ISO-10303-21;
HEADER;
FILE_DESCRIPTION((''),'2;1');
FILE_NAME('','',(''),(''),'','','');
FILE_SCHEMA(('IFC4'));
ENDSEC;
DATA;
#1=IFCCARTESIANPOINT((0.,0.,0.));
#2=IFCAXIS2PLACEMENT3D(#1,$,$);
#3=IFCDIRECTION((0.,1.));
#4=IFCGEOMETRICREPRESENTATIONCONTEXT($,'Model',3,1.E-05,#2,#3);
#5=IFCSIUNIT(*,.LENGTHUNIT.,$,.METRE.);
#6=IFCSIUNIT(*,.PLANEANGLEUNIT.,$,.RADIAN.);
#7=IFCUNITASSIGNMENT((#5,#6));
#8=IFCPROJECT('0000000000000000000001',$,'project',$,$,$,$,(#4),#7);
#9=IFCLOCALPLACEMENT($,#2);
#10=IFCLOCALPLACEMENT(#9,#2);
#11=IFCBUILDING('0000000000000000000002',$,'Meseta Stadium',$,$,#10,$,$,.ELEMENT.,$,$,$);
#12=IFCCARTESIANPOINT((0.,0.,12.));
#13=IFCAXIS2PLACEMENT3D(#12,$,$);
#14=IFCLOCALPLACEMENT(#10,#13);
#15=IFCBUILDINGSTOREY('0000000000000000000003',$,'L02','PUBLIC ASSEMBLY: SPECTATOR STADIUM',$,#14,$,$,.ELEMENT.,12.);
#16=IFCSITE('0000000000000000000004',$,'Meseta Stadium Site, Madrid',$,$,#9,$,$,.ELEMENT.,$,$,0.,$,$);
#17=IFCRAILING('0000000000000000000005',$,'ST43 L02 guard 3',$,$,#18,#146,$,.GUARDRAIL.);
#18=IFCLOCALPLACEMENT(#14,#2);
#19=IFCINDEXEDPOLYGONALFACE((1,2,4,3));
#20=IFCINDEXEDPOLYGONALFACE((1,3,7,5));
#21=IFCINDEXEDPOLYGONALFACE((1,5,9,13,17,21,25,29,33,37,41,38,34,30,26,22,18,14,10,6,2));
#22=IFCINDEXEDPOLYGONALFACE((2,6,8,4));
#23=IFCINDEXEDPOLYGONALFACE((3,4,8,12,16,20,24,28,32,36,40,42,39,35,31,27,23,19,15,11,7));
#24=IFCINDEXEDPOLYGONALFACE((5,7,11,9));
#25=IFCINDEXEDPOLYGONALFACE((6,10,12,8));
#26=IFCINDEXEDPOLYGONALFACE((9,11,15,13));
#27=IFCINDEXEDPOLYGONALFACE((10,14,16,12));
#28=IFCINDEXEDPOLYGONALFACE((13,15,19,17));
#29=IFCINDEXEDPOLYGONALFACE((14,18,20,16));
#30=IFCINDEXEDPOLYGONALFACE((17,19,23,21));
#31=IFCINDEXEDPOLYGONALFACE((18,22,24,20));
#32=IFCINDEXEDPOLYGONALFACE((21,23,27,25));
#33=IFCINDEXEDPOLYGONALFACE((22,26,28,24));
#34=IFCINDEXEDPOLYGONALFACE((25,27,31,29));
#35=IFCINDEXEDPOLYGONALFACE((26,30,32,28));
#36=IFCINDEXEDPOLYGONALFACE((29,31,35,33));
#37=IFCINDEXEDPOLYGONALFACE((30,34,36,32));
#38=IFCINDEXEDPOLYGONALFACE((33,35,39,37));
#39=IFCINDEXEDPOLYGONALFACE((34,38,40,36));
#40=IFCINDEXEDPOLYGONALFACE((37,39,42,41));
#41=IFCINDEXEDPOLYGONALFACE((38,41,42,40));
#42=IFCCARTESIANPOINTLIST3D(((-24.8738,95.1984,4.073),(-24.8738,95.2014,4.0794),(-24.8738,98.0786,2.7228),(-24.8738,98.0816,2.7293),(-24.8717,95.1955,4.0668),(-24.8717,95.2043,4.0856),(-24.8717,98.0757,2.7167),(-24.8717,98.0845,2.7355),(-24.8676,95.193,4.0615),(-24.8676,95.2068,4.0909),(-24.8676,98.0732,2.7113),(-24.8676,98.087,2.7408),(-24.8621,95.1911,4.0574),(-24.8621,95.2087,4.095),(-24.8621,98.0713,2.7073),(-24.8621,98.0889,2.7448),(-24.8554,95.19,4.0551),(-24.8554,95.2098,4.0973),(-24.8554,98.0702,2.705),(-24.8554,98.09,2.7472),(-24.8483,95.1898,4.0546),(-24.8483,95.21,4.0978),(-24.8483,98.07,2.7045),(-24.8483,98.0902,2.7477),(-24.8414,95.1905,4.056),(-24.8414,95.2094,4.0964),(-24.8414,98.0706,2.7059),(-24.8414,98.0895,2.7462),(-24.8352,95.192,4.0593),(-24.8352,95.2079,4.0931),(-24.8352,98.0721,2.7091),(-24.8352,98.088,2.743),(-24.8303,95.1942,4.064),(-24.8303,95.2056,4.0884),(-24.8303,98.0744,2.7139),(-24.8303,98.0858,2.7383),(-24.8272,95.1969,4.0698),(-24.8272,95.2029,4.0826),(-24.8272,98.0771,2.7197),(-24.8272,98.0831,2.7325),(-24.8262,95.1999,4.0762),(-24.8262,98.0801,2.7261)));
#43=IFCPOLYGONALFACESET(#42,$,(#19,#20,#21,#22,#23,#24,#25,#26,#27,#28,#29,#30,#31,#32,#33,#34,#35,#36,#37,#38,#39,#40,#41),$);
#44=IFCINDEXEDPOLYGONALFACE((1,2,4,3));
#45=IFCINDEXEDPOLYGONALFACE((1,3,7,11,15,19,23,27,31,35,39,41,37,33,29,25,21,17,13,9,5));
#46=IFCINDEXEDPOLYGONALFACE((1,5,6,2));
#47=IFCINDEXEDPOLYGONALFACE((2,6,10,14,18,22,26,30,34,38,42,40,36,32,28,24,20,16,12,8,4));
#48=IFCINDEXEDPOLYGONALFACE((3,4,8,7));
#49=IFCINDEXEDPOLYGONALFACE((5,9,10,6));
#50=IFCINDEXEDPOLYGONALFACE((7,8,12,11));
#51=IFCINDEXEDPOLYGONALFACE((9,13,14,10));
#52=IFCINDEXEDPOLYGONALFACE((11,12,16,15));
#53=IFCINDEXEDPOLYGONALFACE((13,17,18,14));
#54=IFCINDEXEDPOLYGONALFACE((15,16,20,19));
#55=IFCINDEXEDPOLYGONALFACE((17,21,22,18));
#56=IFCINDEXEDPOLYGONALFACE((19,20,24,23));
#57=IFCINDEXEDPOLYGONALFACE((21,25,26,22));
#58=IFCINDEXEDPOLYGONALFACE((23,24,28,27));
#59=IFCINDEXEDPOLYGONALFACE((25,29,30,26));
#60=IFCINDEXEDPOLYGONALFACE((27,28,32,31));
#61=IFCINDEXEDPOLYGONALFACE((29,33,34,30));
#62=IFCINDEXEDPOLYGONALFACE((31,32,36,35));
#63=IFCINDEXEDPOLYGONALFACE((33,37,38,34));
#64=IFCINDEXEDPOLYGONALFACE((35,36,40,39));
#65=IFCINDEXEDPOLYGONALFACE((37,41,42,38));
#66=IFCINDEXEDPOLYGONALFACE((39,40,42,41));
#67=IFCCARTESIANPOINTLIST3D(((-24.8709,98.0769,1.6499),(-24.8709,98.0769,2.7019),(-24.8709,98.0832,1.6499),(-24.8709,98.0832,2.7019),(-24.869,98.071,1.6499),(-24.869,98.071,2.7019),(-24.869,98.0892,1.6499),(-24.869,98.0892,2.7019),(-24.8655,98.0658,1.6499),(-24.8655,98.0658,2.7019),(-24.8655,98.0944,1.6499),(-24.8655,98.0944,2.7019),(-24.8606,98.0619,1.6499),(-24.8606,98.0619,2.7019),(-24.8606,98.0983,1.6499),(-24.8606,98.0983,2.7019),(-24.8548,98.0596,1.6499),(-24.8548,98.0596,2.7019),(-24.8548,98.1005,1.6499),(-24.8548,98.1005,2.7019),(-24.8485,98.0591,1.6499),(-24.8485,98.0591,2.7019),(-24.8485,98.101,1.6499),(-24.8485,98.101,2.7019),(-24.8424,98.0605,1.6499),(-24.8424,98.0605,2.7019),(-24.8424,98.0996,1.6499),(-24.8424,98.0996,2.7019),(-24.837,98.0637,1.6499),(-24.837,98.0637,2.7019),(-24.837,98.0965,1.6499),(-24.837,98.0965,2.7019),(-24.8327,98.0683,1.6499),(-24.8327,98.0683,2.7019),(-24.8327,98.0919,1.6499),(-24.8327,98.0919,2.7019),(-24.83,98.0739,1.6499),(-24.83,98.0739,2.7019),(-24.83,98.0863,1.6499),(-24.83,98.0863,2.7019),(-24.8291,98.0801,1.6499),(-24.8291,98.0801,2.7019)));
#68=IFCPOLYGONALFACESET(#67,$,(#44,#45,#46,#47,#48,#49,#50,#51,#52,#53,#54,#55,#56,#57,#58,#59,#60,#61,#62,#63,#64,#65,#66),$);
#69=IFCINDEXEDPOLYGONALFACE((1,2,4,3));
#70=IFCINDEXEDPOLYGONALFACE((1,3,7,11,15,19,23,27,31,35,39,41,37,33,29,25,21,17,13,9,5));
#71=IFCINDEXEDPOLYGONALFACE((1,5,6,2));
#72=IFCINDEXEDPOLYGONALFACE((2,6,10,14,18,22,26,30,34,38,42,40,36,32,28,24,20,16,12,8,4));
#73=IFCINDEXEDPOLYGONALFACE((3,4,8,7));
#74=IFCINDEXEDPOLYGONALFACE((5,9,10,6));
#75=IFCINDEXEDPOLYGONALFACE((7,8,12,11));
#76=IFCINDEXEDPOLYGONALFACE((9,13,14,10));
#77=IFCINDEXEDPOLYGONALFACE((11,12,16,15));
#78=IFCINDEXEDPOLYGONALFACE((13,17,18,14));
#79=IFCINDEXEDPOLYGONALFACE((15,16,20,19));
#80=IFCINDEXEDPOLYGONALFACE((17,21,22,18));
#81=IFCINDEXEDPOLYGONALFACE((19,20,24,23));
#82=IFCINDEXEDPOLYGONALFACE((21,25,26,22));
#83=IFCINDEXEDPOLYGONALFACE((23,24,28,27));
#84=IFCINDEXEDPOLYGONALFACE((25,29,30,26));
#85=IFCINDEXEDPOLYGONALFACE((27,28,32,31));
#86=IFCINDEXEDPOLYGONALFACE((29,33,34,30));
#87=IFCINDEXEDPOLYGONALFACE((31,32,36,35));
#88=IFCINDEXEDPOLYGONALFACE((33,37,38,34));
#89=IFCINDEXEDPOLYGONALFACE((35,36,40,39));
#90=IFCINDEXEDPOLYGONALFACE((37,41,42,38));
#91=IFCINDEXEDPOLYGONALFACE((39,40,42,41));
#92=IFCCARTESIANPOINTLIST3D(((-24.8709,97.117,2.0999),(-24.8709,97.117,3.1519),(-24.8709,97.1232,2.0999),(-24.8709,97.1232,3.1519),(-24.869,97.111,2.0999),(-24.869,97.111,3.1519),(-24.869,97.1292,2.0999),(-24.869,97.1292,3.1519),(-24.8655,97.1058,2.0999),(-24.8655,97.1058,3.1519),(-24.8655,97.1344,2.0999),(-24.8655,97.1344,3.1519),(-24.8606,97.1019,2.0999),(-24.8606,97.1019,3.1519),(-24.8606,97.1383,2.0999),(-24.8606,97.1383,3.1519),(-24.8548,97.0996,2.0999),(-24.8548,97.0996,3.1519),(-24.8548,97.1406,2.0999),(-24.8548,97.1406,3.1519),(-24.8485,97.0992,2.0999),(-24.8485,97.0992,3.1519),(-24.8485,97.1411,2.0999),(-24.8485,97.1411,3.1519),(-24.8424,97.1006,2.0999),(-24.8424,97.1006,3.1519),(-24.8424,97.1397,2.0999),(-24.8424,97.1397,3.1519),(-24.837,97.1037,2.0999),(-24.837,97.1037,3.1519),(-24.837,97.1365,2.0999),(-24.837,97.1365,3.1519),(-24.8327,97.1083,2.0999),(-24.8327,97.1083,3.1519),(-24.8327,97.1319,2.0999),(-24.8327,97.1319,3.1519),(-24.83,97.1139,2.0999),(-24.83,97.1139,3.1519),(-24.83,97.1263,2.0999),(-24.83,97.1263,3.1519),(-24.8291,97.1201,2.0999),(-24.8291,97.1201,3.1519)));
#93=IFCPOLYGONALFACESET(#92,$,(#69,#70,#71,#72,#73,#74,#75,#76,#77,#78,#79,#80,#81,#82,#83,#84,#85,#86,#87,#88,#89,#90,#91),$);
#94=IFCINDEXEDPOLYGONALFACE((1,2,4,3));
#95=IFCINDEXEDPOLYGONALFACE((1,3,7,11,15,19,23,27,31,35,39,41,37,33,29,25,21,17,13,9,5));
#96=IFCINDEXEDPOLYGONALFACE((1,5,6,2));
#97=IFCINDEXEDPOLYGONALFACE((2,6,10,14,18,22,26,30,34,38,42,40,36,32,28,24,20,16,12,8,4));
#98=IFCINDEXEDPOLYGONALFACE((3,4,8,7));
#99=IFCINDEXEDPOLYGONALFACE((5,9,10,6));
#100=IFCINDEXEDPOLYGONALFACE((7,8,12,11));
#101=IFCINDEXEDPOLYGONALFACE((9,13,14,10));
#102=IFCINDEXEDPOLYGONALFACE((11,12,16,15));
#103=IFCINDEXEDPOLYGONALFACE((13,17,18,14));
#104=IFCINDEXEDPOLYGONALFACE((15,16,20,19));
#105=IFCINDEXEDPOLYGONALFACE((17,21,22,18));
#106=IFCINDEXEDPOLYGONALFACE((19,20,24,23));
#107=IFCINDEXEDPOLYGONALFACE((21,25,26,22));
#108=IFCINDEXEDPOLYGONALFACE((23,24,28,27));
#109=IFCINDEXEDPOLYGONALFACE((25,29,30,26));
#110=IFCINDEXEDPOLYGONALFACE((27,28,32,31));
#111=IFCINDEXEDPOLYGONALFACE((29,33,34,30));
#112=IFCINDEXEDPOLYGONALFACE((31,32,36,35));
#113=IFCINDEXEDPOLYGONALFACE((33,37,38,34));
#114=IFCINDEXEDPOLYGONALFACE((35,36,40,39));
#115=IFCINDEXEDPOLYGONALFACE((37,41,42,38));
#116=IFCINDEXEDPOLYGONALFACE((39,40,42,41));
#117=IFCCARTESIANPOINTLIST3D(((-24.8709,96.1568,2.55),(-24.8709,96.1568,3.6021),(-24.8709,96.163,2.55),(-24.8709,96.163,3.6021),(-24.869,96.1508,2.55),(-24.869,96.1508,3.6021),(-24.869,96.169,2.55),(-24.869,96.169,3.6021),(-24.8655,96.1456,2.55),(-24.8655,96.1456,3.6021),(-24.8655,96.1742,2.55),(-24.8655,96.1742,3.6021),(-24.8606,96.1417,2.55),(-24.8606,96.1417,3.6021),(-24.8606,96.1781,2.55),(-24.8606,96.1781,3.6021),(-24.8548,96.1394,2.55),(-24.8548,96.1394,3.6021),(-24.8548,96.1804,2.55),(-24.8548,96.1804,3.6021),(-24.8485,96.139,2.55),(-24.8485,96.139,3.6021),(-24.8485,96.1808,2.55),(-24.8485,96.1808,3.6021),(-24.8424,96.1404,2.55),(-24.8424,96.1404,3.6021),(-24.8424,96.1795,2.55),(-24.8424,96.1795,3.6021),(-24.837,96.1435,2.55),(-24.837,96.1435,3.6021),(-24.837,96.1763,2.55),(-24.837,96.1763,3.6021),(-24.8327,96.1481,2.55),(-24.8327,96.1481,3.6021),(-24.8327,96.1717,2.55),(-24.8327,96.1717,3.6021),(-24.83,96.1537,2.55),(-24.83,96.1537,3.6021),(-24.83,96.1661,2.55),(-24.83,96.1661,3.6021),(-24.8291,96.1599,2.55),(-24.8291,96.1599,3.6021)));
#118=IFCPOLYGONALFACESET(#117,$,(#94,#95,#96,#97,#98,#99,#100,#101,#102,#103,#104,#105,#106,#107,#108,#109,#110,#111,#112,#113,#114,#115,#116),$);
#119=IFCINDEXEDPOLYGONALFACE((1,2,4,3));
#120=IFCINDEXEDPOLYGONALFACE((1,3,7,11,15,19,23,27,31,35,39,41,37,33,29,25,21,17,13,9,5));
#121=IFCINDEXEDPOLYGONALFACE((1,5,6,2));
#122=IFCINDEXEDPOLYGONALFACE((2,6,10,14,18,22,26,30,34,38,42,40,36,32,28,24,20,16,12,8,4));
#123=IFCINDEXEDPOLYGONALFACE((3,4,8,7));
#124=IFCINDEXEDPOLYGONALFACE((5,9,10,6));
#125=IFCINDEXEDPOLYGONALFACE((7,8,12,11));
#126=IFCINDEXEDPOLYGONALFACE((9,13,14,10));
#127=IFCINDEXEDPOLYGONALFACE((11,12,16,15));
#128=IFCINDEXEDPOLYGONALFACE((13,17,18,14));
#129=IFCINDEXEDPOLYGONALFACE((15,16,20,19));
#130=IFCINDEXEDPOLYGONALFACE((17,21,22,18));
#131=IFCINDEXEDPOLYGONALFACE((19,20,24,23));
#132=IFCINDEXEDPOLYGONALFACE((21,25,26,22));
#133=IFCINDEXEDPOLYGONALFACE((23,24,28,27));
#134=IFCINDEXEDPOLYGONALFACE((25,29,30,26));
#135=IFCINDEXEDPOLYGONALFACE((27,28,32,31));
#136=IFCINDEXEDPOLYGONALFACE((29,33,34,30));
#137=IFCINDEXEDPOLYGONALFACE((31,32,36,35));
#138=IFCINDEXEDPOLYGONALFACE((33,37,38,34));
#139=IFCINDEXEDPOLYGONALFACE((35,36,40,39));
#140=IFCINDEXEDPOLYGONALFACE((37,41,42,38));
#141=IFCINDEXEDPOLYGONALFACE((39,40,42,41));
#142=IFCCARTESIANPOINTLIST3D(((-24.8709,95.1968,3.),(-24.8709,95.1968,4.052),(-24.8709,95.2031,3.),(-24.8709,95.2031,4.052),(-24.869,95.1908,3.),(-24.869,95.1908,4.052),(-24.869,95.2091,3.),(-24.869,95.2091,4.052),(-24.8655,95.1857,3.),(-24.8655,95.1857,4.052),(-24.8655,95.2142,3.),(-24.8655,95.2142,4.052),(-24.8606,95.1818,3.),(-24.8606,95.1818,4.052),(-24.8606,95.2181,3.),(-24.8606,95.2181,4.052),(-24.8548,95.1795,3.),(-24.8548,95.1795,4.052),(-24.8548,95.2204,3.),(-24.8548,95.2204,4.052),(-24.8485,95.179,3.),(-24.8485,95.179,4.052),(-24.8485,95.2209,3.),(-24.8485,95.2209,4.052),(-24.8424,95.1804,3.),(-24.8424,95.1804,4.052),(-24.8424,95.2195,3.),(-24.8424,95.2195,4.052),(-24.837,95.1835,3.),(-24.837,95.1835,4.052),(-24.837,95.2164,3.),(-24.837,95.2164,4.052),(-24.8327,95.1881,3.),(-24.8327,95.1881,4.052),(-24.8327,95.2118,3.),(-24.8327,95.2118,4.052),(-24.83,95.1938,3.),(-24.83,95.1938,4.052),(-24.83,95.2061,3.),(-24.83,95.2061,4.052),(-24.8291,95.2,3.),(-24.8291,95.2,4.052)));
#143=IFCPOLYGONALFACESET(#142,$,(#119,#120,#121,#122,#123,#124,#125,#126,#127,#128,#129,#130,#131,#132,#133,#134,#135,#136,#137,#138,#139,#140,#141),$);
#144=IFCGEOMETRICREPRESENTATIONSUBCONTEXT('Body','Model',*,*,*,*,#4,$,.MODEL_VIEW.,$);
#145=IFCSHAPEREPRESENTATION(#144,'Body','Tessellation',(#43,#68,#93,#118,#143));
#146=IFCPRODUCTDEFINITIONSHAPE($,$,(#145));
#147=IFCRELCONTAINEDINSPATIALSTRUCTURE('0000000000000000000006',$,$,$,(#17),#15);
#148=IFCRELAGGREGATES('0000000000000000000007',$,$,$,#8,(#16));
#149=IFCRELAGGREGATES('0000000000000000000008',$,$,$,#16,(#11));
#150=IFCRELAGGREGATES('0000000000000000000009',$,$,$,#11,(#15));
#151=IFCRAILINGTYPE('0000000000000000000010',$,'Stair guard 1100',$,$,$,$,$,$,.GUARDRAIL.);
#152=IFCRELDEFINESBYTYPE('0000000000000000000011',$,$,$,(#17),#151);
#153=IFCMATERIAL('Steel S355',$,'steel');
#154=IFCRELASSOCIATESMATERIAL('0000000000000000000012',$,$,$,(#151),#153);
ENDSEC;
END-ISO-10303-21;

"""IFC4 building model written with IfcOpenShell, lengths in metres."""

from ifc_helpers import new_model, si_unit, direction, frame, origin, origin_2d, place, context, subcontext, project, spatial, circle, extrude, material, type_object, element, save


model = new_model("IFC4")

# Units and contexts
model_context = context("Model", 3, precision=1e-05, world=origin(), true_north=direction((0.0, 1.0)))
body_context = subcontext(model_context, "Body", "Model", "MODEL_VIEW")
ifc_project = project(units=[si_unit("LENGTHUNIT", "METRE"), si_unit("PLANEANGLEUNIT", "RADIAN")], contexts=[model_context])

# Site, building, storey
site_placement = place(None, origin())
site = spatial("IfcSite", under=ifc_project, at=site_placement, Name="Meseta Stadium Site, Madrid", CompositionType="ELEMENT", RefElevation=0.0)
building_placement = place(site_placement, origin())
building = spatial("IfcBuilding", under=site, at=building_placement, Name="Meseta Stadium", CompositionType="ELEMENT")
storey_placement = place(building_placement, frame((0.0, 0.0, 12.0)))
storey = spatial("IfcBuildingStorey", under=building, at=storey_placement, Name="L02", Description="PUBLIC ASSEMBLY: SPECTATOR STADIUM", CompositionType="ELEMENT", Elevation=12.0)

# Railing
ifc_material_1 = material(Name="Steel S355", Category="steel")
railing_type_1 = type_object("IfcRailingType", Name="Stair guard 1100", PredefinedType="GUARDRAIL", material=ifc_material_1)
railing_1_placement = place(storey_placement, frame((-24.8501, 98.0801, 1.6499)))
element("IfcRailing", 1, at=railing_1_placement, inside=storey, type_object=railing_type_1, Name="ST43 L02 guard 3", PredefinedType="GUARDRAIL", context=body_context, shape_type="SweptSolid", body=[
    extrude(circle(Radius=0.0239, at=origin_2d()), frame((0.0, 0.0, 1.0762), z_axis=(0.0, -0.905454, 0.424444), x_axis=(1.0, 0.0, 0.0)), (0.0, 0.0, 1.0), 3.1809),
    extrude(circle(Radius=0.021, at=origin_2d()), origin(), (0.0, 0.0, 1.0), 1.052),
    extrude(circle(Radius=0.021, at=origin_2d()), frame((0.0, -0.96, 0.45)), (0.0, 0.0, 1.0), 1.052),
    extrude(circle(Radius=0.021, at=origin_2d()), frame((0.0, -1.9202, 0.9001)), (0.0, 0.0, 1.0), 1.052),
    extrude(circle(Radius=0.021, at=origin_2d()), frame((0.0, -2.8801, 1.3501)), (0.0, 0.0, 1.0), 1.052),
])

save(model, "model.ifc")
